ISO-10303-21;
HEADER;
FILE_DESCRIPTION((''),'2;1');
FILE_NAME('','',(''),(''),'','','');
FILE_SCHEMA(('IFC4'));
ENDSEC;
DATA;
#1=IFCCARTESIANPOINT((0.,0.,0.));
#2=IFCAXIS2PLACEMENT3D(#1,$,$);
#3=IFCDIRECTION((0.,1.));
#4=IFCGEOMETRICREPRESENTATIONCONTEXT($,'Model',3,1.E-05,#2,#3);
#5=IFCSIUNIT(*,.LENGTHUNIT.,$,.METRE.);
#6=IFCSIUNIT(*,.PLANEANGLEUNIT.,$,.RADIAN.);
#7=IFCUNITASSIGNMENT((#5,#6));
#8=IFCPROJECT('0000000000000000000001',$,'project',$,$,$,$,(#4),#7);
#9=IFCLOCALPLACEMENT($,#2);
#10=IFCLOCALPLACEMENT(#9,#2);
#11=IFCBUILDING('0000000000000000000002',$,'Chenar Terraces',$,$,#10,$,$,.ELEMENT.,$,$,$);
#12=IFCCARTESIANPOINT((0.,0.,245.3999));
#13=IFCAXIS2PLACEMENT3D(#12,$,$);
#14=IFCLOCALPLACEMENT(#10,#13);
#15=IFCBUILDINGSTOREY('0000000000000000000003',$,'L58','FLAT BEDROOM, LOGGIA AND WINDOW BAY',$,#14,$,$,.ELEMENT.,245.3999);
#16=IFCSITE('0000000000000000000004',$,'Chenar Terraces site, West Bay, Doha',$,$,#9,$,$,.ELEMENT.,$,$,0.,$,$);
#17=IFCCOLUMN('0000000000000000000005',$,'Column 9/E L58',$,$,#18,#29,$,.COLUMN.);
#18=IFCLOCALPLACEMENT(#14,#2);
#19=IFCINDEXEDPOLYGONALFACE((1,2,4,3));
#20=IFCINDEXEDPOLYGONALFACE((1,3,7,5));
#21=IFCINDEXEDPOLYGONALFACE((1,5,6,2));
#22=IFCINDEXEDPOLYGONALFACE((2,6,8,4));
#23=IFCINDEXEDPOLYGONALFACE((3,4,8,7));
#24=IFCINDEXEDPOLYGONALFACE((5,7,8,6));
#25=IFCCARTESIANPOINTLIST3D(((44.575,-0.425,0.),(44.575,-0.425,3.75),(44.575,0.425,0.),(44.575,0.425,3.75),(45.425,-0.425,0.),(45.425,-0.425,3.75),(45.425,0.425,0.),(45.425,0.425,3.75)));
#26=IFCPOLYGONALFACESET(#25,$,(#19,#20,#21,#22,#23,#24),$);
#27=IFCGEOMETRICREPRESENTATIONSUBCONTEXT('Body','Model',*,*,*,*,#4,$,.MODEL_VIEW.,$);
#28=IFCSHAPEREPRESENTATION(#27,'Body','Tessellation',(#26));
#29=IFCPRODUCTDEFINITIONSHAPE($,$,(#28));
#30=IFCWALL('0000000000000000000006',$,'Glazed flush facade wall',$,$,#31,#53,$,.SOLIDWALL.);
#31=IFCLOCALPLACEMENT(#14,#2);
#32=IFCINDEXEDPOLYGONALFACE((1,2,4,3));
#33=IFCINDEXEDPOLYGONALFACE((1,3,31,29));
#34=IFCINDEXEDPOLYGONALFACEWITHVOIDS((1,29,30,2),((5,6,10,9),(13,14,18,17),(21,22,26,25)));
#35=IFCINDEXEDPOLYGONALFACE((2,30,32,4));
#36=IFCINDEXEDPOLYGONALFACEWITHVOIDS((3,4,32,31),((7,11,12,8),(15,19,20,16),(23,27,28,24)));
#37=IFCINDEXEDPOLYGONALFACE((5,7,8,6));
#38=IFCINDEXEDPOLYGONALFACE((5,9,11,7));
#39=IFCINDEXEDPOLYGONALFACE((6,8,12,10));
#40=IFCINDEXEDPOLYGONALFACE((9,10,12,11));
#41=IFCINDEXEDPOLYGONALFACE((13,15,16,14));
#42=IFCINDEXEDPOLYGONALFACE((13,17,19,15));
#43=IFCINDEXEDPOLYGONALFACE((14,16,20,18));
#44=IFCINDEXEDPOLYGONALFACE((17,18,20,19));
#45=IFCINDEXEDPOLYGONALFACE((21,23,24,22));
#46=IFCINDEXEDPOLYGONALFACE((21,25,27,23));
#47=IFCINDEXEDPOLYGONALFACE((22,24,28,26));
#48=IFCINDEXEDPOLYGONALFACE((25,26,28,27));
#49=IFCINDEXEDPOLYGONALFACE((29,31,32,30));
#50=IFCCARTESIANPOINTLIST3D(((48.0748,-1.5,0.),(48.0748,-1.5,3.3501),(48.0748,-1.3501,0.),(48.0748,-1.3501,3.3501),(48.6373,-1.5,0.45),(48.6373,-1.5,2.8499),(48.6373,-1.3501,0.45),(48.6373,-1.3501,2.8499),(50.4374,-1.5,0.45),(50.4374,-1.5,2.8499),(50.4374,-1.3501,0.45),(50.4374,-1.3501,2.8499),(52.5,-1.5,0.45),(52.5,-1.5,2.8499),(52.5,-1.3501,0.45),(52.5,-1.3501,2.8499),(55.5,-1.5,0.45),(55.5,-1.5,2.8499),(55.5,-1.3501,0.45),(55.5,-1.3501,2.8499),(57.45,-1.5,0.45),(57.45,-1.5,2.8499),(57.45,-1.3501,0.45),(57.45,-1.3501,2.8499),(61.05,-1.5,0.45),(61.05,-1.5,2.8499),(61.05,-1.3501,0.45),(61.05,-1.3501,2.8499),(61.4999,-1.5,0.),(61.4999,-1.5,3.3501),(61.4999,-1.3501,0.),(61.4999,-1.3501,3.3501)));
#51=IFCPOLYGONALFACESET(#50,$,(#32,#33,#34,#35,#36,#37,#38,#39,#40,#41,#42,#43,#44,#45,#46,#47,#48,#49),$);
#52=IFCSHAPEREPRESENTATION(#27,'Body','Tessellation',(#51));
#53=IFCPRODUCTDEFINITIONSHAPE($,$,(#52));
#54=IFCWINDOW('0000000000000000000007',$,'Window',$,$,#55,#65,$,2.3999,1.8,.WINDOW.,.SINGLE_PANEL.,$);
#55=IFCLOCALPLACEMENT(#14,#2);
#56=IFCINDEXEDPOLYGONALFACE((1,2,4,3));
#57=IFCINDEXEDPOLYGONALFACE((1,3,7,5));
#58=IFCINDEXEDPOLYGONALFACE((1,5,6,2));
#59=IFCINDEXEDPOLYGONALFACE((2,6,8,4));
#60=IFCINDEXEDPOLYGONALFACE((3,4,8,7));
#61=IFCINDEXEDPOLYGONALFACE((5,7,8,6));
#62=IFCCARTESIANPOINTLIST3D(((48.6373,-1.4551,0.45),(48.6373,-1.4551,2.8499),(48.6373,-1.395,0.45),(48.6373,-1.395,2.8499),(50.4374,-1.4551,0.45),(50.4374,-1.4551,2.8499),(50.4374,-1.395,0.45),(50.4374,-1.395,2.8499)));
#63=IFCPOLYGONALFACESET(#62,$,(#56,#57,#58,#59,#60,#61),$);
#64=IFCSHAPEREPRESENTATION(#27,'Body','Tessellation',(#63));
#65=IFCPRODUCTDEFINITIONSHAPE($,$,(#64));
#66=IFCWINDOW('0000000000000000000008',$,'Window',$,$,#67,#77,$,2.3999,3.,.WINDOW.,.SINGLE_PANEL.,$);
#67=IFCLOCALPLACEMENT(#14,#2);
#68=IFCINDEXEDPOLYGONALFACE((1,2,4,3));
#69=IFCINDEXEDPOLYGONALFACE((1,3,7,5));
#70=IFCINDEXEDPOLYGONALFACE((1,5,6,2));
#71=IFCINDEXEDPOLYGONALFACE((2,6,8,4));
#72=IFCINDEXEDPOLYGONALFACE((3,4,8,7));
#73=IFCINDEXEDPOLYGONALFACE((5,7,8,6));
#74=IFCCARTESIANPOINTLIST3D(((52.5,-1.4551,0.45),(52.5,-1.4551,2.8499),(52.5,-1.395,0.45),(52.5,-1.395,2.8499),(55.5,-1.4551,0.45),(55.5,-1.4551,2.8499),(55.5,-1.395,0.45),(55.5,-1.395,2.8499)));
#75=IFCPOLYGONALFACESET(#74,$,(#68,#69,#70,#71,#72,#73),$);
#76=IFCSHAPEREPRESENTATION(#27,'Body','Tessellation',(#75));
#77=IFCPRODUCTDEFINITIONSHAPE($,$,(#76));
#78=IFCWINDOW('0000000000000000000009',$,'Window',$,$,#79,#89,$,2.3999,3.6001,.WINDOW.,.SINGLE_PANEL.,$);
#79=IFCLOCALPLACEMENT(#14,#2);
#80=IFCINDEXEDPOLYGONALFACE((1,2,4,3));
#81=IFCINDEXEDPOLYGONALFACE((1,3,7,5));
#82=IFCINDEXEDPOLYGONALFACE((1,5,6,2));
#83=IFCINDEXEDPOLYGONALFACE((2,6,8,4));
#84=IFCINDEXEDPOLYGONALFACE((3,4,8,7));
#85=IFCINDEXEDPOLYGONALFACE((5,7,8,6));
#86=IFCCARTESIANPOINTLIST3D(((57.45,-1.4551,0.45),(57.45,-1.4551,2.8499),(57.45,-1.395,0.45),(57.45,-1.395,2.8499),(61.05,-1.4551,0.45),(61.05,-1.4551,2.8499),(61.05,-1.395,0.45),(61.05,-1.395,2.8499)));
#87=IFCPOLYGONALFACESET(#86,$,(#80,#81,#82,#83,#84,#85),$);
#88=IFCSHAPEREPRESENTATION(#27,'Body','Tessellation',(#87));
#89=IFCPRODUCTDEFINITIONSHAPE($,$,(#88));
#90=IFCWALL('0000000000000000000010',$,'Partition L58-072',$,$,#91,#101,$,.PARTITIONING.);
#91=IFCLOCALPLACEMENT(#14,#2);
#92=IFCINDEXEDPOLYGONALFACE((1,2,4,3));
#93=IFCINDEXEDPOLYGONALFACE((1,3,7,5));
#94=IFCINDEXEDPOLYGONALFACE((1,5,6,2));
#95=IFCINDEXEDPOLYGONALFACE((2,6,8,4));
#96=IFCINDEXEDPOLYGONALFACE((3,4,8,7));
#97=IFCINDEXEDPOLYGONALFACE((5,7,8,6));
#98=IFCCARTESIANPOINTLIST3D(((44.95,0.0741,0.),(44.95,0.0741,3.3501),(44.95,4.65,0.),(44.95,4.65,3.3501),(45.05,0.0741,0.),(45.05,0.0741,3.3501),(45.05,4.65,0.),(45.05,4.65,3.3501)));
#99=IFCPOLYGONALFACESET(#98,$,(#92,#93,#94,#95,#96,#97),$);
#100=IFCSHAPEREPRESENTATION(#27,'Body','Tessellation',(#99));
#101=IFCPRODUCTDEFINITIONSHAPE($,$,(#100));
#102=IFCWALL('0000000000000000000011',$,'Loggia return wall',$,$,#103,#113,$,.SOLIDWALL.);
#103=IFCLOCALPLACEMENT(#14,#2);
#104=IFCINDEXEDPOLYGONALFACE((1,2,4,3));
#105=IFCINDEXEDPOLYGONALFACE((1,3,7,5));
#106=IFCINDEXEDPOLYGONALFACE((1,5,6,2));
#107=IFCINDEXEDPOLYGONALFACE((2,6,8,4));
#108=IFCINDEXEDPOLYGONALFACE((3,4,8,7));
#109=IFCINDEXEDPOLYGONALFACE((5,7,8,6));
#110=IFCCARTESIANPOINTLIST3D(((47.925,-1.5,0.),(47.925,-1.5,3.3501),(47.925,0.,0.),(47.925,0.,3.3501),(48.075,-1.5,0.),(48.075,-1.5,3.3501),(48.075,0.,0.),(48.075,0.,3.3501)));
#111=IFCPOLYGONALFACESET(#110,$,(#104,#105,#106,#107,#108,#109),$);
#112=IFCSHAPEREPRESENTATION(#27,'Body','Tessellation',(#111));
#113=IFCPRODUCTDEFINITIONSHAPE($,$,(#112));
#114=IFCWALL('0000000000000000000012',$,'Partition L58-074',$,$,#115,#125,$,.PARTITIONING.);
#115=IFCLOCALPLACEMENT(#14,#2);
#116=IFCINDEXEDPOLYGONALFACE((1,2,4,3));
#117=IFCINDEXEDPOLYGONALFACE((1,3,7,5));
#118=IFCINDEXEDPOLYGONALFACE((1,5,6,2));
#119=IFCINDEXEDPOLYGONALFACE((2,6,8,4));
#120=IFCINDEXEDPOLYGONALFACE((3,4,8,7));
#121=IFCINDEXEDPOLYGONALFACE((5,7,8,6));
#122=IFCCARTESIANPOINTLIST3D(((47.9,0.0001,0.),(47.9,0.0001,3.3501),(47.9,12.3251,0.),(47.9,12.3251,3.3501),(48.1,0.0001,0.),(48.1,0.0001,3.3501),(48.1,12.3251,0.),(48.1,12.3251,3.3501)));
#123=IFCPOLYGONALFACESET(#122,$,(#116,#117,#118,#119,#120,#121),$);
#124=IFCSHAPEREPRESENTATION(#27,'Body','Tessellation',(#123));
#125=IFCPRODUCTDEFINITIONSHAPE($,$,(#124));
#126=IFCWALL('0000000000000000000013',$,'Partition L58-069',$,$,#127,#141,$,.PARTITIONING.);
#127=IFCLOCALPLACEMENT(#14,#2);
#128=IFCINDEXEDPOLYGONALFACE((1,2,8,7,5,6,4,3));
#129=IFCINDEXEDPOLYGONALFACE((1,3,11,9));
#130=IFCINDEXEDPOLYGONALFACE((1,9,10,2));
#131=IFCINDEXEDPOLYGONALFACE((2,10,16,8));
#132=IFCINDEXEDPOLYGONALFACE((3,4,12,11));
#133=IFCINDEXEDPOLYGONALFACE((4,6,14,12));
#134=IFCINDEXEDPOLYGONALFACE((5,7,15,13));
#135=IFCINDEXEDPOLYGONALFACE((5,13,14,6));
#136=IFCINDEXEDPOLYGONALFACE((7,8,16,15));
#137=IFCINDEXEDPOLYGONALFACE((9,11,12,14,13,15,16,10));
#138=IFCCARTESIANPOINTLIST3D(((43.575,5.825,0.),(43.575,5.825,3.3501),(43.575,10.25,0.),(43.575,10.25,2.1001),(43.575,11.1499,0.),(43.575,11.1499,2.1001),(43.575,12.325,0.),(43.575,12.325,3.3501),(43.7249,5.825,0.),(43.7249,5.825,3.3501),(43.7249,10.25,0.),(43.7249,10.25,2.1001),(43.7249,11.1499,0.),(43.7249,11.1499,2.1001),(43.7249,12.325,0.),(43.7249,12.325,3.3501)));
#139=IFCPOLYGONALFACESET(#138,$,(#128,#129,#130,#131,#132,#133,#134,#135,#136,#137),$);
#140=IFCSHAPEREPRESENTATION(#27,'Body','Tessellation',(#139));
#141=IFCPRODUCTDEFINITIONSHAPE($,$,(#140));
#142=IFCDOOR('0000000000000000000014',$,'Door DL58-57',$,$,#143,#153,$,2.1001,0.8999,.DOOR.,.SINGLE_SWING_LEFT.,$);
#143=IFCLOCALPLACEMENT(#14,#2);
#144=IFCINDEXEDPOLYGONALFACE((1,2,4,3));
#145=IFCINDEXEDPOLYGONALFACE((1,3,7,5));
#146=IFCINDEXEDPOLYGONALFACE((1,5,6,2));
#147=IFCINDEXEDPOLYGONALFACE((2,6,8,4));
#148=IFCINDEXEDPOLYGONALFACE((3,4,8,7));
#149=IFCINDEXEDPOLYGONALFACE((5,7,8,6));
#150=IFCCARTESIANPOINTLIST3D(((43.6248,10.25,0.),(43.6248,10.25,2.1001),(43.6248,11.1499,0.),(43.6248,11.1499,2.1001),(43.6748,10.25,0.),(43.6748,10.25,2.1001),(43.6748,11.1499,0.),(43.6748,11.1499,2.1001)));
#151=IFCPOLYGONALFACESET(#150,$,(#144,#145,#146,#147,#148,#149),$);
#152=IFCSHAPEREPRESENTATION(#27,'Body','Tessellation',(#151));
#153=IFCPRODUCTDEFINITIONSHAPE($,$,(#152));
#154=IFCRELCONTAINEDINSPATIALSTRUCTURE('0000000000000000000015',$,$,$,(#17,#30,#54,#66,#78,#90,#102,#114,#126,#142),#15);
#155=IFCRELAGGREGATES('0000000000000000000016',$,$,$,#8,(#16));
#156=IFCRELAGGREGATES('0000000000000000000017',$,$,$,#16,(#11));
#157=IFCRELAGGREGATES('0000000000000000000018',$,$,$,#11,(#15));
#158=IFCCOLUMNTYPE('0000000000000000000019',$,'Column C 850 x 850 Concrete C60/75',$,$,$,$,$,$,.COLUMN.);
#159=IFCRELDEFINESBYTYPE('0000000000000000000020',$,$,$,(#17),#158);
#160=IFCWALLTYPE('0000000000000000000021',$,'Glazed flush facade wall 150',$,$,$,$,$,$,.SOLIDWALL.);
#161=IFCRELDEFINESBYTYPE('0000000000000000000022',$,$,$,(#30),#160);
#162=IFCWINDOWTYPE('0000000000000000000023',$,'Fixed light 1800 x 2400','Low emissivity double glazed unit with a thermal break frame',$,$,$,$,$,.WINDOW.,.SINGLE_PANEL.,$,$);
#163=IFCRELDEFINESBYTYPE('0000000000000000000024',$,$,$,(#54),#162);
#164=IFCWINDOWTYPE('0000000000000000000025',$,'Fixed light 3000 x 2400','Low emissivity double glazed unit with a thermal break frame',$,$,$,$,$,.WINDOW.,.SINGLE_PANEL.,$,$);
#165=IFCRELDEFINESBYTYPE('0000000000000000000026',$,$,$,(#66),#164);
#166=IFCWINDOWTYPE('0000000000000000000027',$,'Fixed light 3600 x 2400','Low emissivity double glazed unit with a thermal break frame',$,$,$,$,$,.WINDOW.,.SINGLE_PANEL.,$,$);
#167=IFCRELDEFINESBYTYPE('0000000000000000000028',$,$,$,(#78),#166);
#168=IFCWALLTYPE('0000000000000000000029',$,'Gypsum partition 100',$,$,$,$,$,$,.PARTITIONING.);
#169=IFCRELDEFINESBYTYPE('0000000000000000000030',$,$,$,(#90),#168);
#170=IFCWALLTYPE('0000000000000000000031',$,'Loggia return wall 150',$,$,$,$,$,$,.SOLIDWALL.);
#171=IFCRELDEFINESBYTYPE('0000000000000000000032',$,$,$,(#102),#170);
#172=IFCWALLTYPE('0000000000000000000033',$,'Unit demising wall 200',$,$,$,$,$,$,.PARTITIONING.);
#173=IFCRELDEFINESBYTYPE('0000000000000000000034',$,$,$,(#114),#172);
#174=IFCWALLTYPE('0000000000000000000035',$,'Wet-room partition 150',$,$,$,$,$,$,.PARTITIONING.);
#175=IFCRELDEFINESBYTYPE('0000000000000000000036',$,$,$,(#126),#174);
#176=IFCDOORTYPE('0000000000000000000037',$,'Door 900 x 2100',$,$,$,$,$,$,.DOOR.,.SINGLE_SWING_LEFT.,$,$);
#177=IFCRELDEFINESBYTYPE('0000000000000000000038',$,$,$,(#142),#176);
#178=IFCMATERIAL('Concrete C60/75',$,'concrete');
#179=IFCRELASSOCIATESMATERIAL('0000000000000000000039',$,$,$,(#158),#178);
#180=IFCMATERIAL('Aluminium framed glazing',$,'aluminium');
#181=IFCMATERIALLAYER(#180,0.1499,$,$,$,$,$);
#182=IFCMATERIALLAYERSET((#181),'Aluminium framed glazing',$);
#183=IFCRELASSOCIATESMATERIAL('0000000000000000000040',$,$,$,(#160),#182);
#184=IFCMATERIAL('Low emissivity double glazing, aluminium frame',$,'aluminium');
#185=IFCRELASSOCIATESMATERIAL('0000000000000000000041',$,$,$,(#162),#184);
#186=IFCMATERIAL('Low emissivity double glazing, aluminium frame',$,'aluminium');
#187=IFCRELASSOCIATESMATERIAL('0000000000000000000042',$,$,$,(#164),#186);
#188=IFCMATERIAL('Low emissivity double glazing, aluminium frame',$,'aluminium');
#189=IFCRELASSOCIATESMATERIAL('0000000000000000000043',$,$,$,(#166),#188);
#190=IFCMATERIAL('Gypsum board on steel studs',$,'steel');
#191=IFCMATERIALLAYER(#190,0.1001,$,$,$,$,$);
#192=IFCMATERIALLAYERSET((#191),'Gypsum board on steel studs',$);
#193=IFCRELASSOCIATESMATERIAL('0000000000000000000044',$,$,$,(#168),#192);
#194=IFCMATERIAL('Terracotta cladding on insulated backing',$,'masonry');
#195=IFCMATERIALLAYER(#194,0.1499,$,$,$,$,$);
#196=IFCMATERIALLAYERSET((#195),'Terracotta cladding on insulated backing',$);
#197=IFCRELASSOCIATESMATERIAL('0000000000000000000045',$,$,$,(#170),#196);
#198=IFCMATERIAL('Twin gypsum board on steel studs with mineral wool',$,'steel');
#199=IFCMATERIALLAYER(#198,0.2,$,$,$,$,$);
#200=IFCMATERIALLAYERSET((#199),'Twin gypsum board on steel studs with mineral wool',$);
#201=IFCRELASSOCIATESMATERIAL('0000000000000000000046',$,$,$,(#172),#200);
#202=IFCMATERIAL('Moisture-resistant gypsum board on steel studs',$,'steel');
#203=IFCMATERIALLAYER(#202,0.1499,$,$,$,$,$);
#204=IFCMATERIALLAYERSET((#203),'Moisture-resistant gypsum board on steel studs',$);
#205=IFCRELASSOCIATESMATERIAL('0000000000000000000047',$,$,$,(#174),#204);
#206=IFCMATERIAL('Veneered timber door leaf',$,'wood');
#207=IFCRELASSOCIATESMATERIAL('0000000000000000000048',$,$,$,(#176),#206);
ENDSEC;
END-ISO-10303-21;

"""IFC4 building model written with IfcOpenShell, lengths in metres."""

from ifc_helpers import new_model, si_unit, direction, frame, frame_2d, origin, origin_2d, place, context, subcontext, project, spatial, rectangle, extrude, material, layer, layer_set, material_profile, profile_set, type_object, element, fill, save


model = new_model("IFC4")

# Units and contexts
model_context = context("Model", 3, precision=1e-05, world=origin(), true_north=direction((0.0, 1.0)))
body_context = subcontext(model_context, "Body", "Model", "MODEL_VIEW")
ifc_project = project(units=[si_unit("LENGTHUNIT", "METRE"), si_unit("PLANEANGLEUNIT", "RADIAN")], contexts=[model_context])

# Site, building, storey
site_placement = place(None, origin())
site = spatial("IfcSite", under=ifc_project, at=site_placement, Name="Chenar Terraces site, West Bay, Doha", CompositionType="ELEMENT", RefElevation=0.0)
building_placement = place(site_placement, origin())
building = spatial("IfcBuilding", under=site, at=building_placement, Name="Chenar Terraces", CompositionType="ELEMENT")
storey_placement = place(building_placement, frame((0.0, 0.0, 245.3999)))
storey = spatial("IfcBuildingStorey", under=building, at=storey_placement, Name="L58", Description="FLAT BEDROOM, LOGGIA AND WINDOW BAY", CompositionType="ELEMENT", Elevation=245.3999)

# Column
ifc_material_1 = material(Name="Concrete C60/75", Category="concrete")
ifc_material_profile_1 = material_profile(ifc_material_1, rectangle(XDim=0.8501, YDim=0.8501, at=origin_2d()), Name="C 850 x 850")
ifc_profile_set_1 = profile_set([ifc_material_profile_1], Name="Concrete C60/75")
column_type = type_object("IfcColumnType", Name="Column C 850 x 850 Concrete C60/75", PredefinedType="COLUMN", material=ifc_profile_set_1)
column_placement = place(storey_placement, frame((45.0, 0.0, 0.0), z_axis=(0.0, 0.0, 1.0), x_axis=(1.0, 0.0, 0.0)))
element("IfcColumn", 1, at=column_placement, inside=storey, type_object=column_type, Name="Column 9/E L58", PredefinedType="COLUMN", context=body_context, shape_type="SweptSolid", body=[
    extrude(rectangle(XDim=0.8501, YDim=0.8501, at=origin_2d()), origin(), (0.0, 0.0, 1.0), 3.75),
])

# Wall, openings, windows
ifc_material_2 = material(Name="Aluminium framed glazing", Category="aluminium")
ifc_layer_1 = layer(ifc_material_2, 0.1499)
ifc_layer_set_1 = layer_set([ifc_layer_1], Name="Aluminium framed glazing")
wall_type_1 = type_object("IfcWallType", Name="Glazed flush facade wall 150", PredefinedType="SOLIDWALL", material=ifc_layer_set_1)
wall_1_placement = place(storey_placement, frame((48.075, -1.425, 0.0), z_axis=(0.0, 0.0, 1.0), x_axis=(1.0, 0.0, 0.0)))
wall_1 = element("IfcWall", 2, at=wall_1_placement, inside=storey, type_object=wall_type_1, Name="Glazed flush facade wall", PredefinedType="SOLIDWALL", context=body_context, shape_type="SweptSolid", body=[
    extrude(rectangle(XDim=13.425, YDim=0.1499, at=frame_2d((6.7124, 0.0))), origin(), (0.0, 0.0, 1.0), 3.3501),
])
opening_1_placement = place(wall_1_placement, frame((0.5625, 0.0, 0.45)))
opening_1 = element("IfcOpeningElement", 3, at=opening_1_placement, cuts=wall_1, PredefinedType="OPENING", context=body_context, shape_type="SweptSolid", body=[
    extrude(rectangle(XDim=1.8, YDim=2.3999, at=frame_2d((0.8999, 1.2))), frame((0.0, 0.085, 0.0), z_axis=(0.0, -1.0, 0.0), x_axis=(1.0, 0.0, 0.0)), (0.0, 0.0, 1.0), 0.1699),
])
opening_2_placement = place(wall_1_placement, frame((4.425, 0.0, 0.45)))
opening_2 = element("IfcOpeningElement", 4, at=opening_2_placement, cuts=wall_1, PredefinedType="OPENING", context=body_context, shape_type="SweptSolid", body=[
    extrude(rectangle(XDim=3.0, YDim=2.3999, at=frame_2d((1.5, 1.2))), frame((0.0, 0.085, 0.0), z_axis=(0.0, -1.0, 0.0), x_axis=(1.0, 0.0, 0.0)), (0.0, 0.0, 1.0), 0.1699),
])
opening_3_placement = place(wall_1_placement, frame((9.375, 0.0, 0.45)))
opening_3 = element("IfcOpeningElement", 5, at=opening_3_placement, cuts=wall_1, PredefinedType="OPENING", context=body_context, shape_type="SweptSolid", body=[
    extrude(rectangle(XDim=3.6001, YDim=2.3999, at=frame_2d((1.8, 1.2))), frame((0.0, 0.085, 0.0), z_axis=(0.0, -1.0, 0.0), x_axis=(1.0, 0.0, 0.0)), (0.0, 0.0, 1.0), 0.1699),
])
ifc_material_3 = material(Name="Low emissivity double glazing, aluminium frame", Category="aluminium")
window_type_1 = type_object("IfcWindowType", Name="Fixed light 1800 x 2400", Description="Low emissivity double glazed unit with a thermal break frame", PartitioningType="SINGLE_PANEL", PredefinedType="WINDOW", material=ifc_material_3)
window_1_placement = place(opening_1_placement, origin())
window_1 = element("IfcWindow", 6, at=window_1_placement, inside=storey, type_object=window_type_1, Name="Window", OverallHeight=2.3999, OverallWidth=1.8, PartitioningType="SINGLE_PANEL", PredefinedType="WINDOW", context=body_context, shape_type="SweptSolid", body=[
    extrude(rectangle(XDim=1.8, YDim=2.3999, at=frame_2d((0.8999, 1.2))), frame((0.0, 0.03, 0.0), z_axis=(0.0, -1.0, 0.0), x_axis=(1.0, 0.0, 0.0)), (0.0, 0.0, 1.0), 0.0601),
])
fill(opening_1, window_1)
ifc_material_4 = material(Name="Low emissivity double glazing, aluminium frame", Category="aluminium")
window_type_2 = type_object("IfcWindowType", Name="Fixed light 3000 x 2400", Description="Low emissivity double glazed unit with a thermal break frame", PartitioningType="SINGLE_PANEL", PredefinedType="WINDOW", material=ifc_material_4)
window_2_placement = place(opening_2_placement, origin())
window_2 = element("IfcWindow", 7, at=window_2_placement, inside=storey, type_object=window_type_2, Name="Window", OverallHeight=2.3999, OverallWidth=3.0, PartitioningType="SINGLE_PANEL", PredefinedType="WINDOW", context=body_context, shape_type="SweptSolid", body=[
    extrude(rectangle(XDim=3.0, YDim=2.3999, at=frame_2d((1.5, 1.2))), frame((0.0, 0.03, 0.0), z_axis=(0.0, -1.0, 0.0), x_axis=(1.0, 0.0, 0.0)), (0.0, 0.0, 1.0), 0.0601),
])
fill(opening_2, window_2)
ifc_material_5 = material(Name="Low emissivity double glazing, aluminium frame", Category="aluminium")
window_type_3 = type_object("IfcWindowType", Name="Fixed light 3600 x 2400", Description="Low emissivity double glazed unit with a thermal break frame", PartitioningType="SINGLE_PANEL", PredefinedType="WINDOW", material=ifc_material_5)
window_3_placement = place(opening_3_placement, origin())
window_3 = element("IfcWindow", 8, at=window_3_placement, inside=storey, type_object=window_type_3, Name="Window", OverallHeight=2.3999, OverallWidth=3.6001, PartitioningType="SINGLE_PANEL", PredefinedType="WINDOW", context=body_context, shape_type="SweptSolid", body=[
    extrude(rectangle(XDim=3.6001, YDim=2.3999, at=frame_2d((1.8, 1.2))), frame((0.0, 0.03, 0.0), z_axis=(0.0, -1.0, 0.0), x_axis=(1.0, 0.0, 0.0)), (0.0, 0.0, 1.0), 0.0601),
])
fill(opening_3, window_3)

# Walls
ifc_material_6 = material(Name="Gypsum board on steel studs", Category="steel")
ifc_layer_2 = layer(ifc_material_6, 0.1001)
ifc_layer_set_2 = layer_set([ifc_layer_2], Name="Gypsum board on steel studs")
wall_type_2 = type_object("IfcWallType", Name="Gypsum partition 100", PredefinedType="PARTITIONING", material=ifc_layer_set_2)
wall_2_placement = place(storey_placement, frame((45.0, 0.074, 0.0), z_axis=(0.0, 0.0, 1.0), x_axis=(0.0, 1.0, 0.0)))
element("IfcWall", 9, at=wall_2_placement, inside=storey, type_object=wall_type_2, Name="Partition L58-072", PredefinedType="PARTITIONING", context=body_context, shape_type="SweptSolid", body=[
    extrude(rectangle(XDim=4.5759, YDim=0.1001, at=frame_2d((2.2881, 0.0))), origin(), (0.0, 0.0, 1.0), 3.3501),
])
ifc_material_7 = material(Name="Terracotta cladding on insulated backing", Category="masonry")
ifc_layer_3 = layer(ifc_material_7, 0.1499)
ifc_layer_set_3 = layer_set([ifc_layer_3], Name="Terracotta cladding on insulated backing")
wall_type_3 = type_object("IfcWallType", Name="Loggia return wall 150", PredefinedType="SOLIDWALL", material=ifc_layer_set_3)
wall_3_placement = place(storey_placement, frame((48.0, -1.5, 0.0), z_axis=(0.0, 0.0, 1.0), x_axis=(0.0, 1.0, 0.0)))
element("IfcWall", 10, at=wall_3_placement, inside=storey, type_object=wall_type_3, Name="Loggia return wall", PredefinedType="SOLIDWALL", context=body_context, shape_type="SweptSolid", body=[
    extrude(rectangle(XDim=1.5, YDim=0.1499, at=frame_2d((0.75, 0.0))), origin(), (0.0, 0.0, 1.0), 3.3501),
])
ifc_material_8 = material(Name="Twin gypsum board on steel studs with mineral wool", Category="steel")
ifc_layer_4 = layer(ifc_material_8, 0.2)
ifc_layer_set_4 = layer_set([ifc_layer_4], Name="Twin gypsum board on steel studs with mineral wool")
wall_type_4 = type_object("IfcWallType", Name="Unit demising wall 200", PredefinedType="PARTITIONING", material=ifc_layer_set_4)
wall_4_placement = place(storey_placement, frame((48.0, 0.0, 0.0), z_axis=(0.0, 0.0, 1.0), x_axis=(0.0, 1.0, 0.0)))
element("IfcWall", 11, at=wall_4_placement, inside=storey, type_object=wall_type_4, Name="Partition L58-074", PredefinedType="PARTITIONING", context=body_context, shape_type="SweptSolid", body=[
    extrude(rectangle(XDim=12.325, YDim=0.2, at=frame_2d((6.1626, 0.0))), origin(), (0.0, 0.0, 1.0), 3.3501),
])

# Wall, opening, door
ifc_material_9 = material(Name="Moisture-resistant gypsum board on steel studs", Category="steel")
ifc_layer_5 = layer(ifc_material_9, 0.1499)
ifc_layer_set_5 = layer_set([ifc_layer_5], Name="Moisture-resistant gypsum board on steel studs")
wall_type_5 = type_object("IfcWallType", Name="Wet-room partition 150", PredefinedType="PARTITIONING", material=ifc_layer_set_5)
wall_5_placement = place(storey_placement, frame((43.6499, 5.825, 0.0), z_axis=(0.0, 0.0, 1.0), x_axis=(0.0, 1.0, 0.0)))
wall_5 = element("IfcWall", 12, at=wall_5_placement, inside=storey, type_object=wall_type_5, Name="Partition L58-069", PredefinedType="PARTITIONING", context=body_context, shape_type="SweptSolid", body=[
    extrude(rectangle(XDim=6.5, YDim=0.1499, at=frame_2d((3.25, 0.0))), origin(), (0.0, 0.0, 1.0), 3.3501),
])
opening_4_placement = place(wall_5_placement, frame((4.425, 0.0, 0.0)))
opening_4 = element("IfcOpeningElement", 13, at=opening_4_placement, cuts=wall_5, PredefinedType="OPENING", context=body_context, shape_type="SweptSolid", body=[
    extrude(rectangle(XDim=0.8999, YDim=2.1001, at=frame_2d((0.45, 1.05))), frame((0.0, 0.085, 0.0), z_axis=(0.0, -1.0, 0.0), x_axis=(1.0, 0.0, 0.0)), (0.0, 0.0, 1.0), 0.1699),
])
ifc_material_10 = material(Name="Veneered timber door leaf", Category="wood")
door_type = type_object("IfcDoorType", Name="Door 900 x 2100", OperationType="SINGLE_SWING_LEFT", PredefinedType="DOOR", material=ifc_material_10)
door_placement = place(opening_4_placement, frame((0.8999, 0.0, 0.0), z_axis=(0.0, 0.0, 1.0), x_axis=(-1.0, 0.0, 0.0)))
door = element("IfcDoor", 14, at=door_placement, inside=storey, type_object=door_type, Name="Door DL58-57", OperationType="SINGLE_SWING_LEFT", OverallHeight=2.1001, OverallWidth=0.8999, PredefinedType="DOOR", context=body_context, shape_type="SweptSolid", body=[
    extrude(rectangle(XDim=0.8999, YDim=2.1001, at=frame_2d((0.45, 1.05))), frame((0.0, 0.0249, 0.0), z_axis=(0.0, -1.0, 0.0), x_axis=(1.0, 0.0, 0.0)), (0.0, 0.0, 1.0), 0.05),
])
fill(opening_4, door)

save(model, "model.ifc")
